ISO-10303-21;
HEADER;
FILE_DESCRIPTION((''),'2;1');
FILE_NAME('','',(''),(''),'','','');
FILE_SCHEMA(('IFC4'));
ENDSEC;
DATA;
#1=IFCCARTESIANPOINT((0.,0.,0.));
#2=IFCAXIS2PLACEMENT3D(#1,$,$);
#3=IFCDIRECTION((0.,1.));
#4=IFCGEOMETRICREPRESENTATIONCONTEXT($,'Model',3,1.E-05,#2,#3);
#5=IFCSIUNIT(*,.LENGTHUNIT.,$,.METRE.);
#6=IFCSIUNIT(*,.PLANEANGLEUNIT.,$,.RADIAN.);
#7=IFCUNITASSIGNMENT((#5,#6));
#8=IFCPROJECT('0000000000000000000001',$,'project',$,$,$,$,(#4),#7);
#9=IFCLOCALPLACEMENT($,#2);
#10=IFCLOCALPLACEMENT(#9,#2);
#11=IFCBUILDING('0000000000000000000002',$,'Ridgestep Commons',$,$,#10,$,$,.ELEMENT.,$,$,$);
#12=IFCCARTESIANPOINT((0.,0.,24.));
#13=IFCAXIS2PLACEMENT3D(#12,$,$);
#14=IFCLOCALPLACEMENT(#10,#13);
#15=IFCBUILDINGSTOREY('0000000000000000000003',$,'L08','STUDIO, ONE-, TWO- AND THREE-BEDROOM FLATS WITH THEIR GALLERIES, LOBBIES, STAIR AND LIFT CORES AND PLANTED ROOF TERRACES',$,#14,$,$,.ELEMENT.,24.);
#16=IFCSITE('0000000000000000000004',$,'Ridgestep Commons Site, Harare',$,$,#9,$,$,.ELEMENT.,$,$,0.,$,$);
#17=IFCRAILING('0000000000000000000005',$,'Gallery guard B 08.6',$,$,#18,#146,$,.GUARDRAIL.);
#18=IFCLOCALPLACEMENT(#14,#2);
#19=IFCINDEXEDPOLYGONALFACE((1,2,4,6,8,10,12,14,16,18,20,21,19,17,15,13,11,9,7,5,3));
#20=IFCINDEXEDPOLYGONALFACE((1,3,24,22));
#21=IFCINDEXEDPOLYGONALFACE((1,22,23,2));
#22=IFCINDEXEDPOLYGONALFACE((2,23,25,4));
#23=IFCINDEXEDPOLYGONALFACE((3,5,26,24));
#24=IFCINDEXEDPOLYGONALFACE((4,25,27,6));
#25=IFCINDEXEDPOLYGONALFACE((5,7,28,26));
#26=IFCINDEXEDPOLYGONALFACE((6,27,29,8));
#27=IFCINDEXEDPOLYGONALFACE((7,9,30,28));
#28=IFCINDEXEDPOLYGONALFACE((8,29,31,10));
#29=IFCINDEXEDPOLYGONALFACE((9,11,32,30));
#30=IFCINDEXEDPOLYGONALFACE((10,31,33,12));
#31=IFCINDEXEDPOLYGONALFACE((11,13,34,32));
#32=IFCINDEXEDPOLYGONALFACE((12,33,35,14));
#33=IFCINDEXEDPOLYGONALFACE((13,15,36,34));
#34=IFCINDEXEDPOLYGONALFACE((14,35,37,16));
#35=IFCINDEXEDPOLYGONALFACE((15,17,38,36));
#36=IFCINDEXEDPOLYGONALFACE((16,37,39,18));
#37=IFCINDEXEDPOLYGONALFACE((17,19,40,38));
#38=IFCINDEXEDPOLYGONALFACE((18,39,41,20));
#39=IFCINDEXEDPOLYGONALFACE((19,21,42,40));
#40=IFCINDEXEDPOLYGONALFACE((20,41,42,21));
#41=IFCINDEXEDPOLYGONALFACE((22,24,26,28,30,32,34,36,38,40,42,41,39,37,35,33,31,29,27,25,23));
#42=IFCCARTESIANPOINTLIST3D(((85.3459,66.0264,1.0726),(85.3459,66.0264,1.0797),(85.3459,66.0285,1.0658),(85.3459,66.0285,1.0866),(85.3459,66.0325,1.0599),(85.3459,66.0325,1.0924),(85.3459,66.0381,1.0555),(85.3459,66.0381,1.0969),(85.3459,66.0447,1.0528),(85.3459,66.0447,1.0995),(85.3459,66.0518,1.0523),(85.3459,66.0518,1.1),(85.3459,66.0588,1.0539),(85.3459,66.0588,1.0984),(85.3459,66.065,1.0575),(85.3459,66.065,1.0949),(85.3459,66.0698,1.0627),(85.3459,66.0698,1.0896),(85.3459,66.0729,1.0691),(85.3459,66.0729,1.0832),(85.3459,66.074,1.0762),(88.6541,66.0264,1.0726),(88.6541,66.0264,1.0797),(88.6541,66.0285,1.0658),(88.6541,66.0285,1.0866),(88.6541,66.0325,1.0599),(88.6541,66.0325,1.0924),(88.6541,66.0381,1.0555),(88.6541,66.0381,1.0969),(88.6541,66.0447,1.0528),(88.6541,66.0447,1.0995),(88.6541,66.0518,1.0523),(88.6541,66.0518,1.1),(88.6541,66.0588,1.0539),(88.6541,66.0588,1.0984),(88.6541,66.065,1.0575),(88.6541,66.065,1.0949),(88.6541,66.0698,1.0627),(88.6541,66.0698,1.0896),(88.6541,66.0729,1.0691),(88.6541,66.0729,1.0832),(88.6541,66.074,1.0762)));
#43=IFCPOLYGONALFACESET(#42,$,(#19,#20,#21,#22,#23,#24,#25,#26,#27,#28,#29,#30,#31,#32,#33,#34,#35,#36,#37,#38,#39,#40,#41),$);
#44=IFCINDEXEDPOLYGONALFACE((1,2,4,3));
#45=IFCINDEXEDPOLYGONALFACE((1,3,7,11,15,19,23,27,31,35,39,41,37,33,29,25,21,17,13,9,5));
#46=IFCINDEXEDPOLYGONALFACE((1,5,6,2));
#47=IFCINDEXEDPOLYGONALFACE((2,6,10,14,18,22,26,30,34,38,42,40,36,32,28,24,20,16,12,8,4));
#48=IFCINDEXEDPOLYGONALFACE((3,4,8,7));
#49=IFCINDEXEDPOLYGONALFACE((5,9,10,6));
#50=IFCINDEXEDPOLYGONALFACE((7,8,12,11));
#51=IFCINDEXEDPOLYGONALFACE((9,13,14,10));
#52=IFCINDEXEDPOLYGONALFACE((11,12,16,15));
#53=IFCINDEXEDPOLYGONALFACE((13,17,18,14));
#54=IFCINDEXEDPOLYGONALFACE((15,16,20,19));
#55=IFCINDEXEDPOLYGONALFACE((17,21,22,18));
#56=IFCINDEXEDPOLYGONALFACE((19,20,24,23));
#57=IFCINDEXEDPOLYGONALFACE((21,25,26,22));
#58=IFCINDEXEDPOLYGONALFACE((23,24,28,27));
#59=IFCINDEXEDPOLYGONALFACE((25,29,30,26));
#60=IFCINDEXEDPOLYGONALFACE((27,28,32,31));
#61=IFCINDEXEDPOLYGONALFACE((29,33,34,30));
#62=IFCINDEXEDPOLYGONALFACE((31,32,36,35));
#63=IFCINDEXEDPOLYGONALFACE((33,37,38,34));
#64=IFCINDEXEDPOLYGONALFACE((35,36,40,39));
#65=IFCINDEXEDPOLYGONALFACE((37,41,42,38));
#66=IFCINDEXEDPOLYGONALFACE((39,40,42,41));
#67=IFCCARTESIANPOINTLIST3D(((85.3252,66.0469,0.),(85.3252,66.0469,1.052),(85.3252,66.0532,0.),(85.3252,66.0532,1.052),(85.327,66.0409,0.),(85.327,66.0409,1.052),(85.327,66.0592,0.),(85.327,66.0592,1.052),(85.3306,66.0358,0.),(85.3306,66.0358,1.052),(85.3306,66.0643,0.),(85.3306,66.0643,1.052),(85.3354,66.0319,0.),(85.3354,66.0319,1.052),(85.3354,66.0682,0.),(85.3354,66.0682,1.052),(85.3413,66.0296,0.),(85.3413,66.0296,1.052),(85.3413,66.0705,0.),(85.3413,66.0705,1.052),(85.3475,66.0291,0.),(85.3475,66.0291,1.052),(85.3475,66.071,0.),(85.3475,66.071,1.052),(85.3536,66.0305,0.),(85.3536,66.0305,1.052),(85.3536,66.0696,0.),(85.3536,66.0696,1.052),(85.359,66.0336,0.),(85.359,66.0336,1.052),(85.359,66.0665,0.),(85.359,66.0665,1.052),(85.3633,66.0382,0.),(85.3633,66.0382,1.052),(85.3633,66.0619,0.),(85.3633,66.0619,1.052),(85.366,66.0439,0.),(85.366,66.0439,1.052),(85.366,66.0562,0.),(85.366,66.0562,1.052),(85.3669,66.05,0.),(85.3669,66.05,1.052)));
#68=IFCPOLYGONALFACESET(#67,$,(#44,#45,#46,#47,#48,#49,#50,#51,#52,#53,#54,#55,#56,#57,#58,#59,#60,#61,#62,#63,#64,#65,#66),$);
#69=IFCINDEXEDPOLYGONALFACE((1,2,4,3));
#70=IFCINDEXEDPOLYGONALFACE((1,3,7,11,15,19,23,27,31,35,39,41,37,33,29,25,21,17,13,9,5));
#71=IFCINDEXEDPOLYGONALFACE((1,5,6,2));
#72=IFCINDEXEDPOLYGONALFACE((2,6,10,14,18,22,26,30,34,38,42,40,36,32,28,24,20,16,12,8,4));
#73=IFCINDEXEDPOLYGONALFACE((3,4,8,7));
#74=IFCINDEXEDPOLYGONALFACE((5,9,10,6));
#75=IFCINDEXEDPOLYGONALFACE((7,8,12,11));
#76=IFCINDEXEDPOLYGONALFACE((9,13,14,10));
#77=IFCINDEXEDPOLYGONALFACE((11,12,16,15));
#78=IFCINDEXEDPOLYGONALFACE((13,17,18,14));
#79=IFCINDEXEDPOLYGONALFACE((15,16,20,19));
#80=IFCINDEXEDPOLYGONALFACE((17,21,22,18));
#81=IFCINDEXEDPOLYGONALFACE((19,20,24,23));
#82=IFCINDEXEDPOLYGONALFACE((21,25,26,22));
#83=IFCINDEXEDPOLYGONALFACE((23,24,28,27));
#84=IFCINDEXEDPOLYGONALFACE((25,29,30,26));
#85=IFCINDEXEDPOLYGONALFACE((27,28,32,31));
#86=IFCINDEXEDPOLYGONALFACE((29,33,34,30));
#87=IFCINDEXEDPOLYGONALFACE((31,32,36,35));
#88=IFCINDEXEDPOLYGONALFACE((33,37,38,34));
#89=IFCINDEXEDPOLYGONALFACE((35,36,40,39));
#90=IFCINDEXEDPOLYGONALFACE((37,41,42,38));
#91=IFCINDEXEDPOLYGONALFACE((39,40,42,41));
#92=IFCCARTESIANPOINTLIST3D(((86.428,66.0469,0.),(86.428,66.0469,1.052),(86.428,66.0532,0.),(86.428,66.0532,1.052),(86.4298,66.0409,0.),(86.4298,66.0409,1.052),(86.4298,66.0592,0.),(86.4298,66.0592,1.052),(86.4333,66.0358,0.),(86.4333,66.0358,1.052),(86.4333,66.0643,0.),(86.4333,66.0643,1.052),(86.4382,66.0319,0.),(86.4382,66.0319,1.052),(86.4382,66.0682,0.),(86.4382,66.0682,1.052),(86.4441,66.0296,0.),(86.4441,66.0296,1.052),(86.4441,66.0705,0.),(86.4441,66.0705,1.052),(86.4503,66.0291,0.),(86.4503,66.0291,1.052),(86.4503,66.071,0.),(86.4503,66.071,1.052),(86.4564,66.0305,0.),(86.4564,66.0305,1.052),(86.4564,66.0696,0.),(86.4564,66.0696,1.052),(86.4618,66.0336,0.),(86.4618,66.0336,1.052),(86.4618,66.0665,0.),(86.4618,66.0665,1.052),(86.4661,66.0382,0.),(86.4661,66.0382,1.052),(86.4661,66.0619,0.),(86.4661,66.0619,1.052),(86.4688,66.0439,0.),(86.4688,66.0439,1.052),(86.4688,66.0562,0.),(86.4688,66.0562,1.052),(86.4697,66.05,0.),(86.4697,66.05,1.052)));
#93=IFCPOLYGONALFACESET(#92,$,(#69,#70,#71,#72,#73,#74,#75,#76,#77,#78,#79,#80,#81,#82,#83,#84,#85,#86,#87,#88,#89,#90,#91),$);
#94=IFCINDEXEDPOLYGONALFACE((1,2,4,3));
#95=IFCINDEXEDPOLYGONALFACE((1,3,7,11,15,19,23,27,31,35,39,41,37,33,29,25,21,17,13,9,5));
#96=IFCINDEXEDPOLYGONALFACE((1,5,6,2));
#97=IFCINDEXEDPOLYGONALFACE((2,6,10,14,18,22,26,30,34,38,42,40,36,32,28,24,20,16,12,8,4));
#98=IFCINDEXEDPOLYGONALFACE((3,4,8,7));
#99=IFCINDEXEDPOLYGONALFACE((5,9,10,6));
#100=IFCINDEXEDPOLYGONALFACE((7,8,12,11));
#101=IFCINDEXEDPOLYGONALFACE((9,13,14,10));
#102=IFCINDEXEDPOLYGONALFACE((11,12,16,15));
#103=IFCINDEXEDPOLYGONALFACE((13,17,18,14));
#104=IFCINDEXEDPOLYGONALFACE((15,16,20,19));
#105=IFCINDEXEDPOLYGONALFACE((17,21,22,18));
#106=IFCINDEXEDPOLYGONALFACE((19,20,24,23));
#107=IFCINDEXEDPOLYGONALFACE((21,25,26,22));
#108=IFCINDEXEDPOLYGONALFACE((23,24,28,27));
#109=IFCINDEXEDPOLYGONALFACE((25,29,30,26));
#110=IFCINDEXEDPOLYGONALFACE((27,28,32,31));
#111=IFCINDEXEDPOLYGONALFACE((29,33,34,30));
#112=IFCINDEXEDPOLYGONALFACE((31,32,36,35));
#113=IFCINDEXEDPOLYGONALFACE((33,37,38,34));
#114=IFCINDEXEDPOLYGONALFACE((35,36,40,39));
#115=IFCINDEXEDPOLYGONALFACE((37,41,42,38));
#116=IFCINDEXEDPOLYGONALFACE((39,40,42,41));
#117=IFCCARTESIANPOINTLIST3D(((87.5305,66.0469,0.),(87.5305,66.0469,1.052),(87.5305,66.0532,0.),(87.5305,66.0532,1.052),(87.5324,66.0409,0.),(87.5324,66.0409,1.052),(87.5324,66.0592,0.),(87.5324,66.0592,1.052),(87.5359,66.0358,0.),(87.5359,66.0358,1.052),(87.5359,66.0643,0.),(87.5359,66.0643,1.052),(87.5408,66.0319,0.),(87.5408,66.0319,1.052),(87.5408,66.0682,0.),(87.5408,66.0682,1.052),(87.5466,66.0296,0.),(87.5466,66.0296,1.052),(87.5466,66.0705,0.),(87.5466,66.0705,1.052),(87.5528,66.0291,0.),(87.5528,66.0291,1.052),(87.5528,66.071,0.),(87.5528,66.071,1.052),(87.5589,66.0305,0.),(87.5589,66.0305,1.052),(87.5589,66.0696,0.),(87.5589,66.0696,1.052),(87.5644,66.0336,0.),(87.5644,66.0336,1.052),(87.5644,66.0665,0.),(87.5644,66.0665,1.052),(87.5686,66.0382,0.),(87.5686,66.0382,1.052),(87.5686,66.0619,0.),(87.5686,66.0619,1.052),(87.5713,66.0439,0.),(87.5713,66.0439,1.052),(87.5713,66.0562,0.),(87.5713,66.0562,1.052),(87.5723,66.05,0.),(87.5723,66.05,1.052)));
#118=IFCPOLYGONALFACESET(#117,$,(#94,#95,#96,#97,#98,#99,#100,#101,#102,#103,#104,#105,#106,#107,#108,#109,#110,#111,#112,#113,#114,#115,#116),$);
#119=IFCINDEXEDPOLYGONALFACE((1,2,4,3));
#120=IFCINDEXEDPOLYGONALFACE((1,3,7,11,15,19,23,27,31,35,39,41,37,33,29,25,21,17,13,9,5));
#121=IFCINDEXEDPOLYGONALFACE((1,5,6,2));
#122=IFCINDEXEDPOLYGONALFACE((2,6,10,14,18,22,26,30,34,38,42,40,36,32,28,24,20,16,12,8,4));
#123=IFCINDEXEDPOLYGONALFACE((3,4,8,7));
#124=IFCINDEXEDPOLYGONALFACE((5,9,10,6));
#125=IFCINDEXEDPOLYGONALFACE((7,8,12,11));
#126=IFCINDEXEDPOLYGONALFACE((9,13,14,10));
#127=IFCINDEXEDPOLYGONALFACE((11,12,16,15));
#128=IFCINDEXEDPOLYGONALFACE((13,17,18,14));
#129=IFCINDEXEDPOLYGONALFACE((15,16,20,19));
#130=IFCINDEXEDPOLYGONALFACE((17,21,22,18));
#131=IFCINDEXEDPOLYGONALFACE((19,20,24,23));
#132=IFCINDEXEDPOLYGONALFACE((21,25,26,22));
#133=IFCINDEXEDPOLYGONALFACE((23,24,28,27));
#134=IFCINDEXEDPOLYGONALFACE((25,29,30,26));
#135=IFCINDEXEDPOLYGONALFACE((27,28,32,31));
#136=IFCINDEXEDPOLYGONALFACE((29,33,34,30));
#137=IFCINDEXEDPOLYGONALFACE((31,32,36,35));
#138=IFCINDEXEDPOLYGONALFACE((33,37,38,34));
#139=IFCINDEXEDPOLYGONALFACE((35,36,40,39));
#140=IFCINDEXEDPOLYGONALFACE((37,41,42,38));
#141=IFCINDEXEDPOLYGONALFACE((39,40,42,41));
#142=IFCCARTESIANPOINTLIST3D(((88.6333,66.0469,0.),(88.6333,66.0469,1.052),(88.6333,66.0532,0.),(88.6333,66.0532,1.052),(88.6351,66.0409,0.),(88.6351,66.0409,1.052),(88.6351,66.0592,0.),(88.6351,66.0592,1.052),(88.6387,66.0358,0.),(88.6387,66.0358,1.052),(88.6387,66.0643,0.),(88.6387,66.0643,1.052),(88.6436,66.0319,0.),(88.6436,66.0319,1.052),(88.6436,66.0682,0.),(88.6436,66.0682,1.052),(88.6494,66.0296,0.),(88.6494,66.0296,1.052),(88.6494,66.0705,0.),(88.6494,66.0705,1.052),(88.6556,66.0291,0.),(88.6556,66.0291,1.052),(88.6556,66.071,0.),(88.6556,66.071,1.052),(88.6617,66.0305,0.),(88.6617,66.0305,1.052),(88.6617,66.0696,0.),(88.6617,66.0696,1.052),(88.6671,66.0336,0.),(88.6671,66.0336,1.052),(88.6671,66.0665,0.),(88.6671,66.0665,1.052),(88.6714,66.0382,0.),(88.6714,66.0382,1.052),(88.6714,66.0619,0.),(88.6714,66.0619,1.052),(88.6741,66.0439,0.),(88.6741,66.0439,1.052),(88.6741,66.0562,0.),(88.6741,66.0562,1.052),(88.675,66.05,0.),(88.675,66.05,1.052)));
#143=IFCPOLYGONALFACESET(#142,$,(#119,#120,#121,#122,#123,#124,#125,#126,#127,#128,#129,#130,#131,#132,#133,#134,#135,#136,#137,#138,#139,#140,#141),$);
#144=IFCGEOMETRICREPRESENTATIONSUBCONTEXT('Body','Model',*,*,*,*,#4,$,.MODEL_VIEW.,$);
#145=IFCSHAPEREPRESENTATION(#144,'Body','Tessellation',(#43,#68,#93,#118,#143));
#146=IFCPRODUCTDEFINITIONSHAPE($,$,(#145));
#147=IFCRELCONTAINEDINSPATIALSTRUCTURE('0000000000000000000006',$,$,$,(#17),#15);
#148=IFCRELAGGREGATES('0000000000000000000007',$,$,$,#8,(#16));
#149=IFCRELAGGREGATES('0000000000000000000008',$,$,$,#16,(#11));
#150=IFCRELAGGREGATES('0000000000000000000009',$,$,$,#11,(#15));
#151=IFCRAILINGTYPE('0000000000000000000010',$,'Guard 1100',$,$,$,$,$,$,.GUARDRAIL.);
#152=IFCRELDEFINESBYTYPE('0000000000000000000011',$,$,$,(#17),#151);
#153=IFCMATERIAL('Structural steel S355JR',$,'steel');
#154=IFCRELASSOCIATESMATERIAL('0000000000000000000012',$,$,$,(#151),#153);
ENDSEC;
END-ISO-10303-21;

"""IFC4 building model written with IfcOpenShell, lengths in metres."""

from ifc_helpers import new_model, si_unit, direction, frame, origin, origin_2d, place, context, subcontext, project, spatial, circle, extrude, material, type_object, element, save


model = new_model("IFC4")

# Units and contexts
model_context = context("Model", 3, precision=1e-05, world=origin(), true_north=direction((0.0, 1.0)))
body_context = subcontext(model_context, "Body", "Model", "MODEL_VIEW")
ifc_project = project(units=[si_unit("LENGTHUNIT", "METRE"), si_unit("PLANEANGLEUNIT", "RADIAN")], contexts=[model_context])

# Site, building, storey
site_placement = place(None, origin())
site = spatial("IfcSite", under=ifc_project, at=site_placement, Name="Ridgestep Commons Site, Harare", CompositionType="ELEMENT", RefElevation=0.0)
building_placement = place(site_placement, origin())
building = spatial("IfcBuilding", under=site, at=building_placement, Name="Ridgestep Commons", CompositionType="ELEMENT")
storey_placement = place(building_placement, frame((0.0, 0.0, 24.0)))
storey = spatial("IfcBuildingStorey", under=building, at=storey_placement, Name="L08", Description="STUDIO, ONE-, TWO- AND THREE-BEDROOM FLATS WITH THEIR GALLERIES, LOBBIES, STAIR AND LIFT CORES AND PLANTED ROOF TERRACES", CompositionType="ELEMENT", Elevation=24.0)

# Railing
ifc_material_1 = material(Name="Structural steel S355JR", Category="steel")
railing_type_1 = type_object("IfcRailingType", Name="Guard 1100", PredefinedType="GUARDRAIL", material=ifc_material_1)
railing_1_placement = place(storey_placement, frame((85.3459, 66.05, 0.0)))
element("IfcRailing", 1, at=railing_1_placement, inside=storey, type_object=railing_type_1, Name="Gallery guard B 08.6", PredefinedType="GUARDRAIL", context=body_context, shape_type="SweptSolid", body=[
    extrude(circle(Radius=0.0239, at=origin_2d()), frame((0.0, 0.0, 1.0762), z_axis=(1.0, 0.0, 0.0), x_axis=(0.0, 1.0, 0.0)), (0.0, 0.0, 1.0), 3.3081),
    extrude(circle(Radius=0.021, at=origin_2d()), origin(), (0.0, 0.0, 1.0), 1.052),
    extrude(circle(Radius=0.021, at=origin_2d()), frame((1.1028, 0.0, 0.0)), (0.0, 0.0, 1.0), 1.052),
    extrude(circle(Radius=0.021, at=origin_2d()), frame((2.2053, 0.0, 0.0)), (0.0, 0.0, 1.0), 1.052),
    extrude(circle(Radius=0.021, at=origin_2d()), frame((3.3081, 0.0, 0.0)), (0.0, 0.0, 1.0), 1.052),
])

save(model, "model.ifc")
